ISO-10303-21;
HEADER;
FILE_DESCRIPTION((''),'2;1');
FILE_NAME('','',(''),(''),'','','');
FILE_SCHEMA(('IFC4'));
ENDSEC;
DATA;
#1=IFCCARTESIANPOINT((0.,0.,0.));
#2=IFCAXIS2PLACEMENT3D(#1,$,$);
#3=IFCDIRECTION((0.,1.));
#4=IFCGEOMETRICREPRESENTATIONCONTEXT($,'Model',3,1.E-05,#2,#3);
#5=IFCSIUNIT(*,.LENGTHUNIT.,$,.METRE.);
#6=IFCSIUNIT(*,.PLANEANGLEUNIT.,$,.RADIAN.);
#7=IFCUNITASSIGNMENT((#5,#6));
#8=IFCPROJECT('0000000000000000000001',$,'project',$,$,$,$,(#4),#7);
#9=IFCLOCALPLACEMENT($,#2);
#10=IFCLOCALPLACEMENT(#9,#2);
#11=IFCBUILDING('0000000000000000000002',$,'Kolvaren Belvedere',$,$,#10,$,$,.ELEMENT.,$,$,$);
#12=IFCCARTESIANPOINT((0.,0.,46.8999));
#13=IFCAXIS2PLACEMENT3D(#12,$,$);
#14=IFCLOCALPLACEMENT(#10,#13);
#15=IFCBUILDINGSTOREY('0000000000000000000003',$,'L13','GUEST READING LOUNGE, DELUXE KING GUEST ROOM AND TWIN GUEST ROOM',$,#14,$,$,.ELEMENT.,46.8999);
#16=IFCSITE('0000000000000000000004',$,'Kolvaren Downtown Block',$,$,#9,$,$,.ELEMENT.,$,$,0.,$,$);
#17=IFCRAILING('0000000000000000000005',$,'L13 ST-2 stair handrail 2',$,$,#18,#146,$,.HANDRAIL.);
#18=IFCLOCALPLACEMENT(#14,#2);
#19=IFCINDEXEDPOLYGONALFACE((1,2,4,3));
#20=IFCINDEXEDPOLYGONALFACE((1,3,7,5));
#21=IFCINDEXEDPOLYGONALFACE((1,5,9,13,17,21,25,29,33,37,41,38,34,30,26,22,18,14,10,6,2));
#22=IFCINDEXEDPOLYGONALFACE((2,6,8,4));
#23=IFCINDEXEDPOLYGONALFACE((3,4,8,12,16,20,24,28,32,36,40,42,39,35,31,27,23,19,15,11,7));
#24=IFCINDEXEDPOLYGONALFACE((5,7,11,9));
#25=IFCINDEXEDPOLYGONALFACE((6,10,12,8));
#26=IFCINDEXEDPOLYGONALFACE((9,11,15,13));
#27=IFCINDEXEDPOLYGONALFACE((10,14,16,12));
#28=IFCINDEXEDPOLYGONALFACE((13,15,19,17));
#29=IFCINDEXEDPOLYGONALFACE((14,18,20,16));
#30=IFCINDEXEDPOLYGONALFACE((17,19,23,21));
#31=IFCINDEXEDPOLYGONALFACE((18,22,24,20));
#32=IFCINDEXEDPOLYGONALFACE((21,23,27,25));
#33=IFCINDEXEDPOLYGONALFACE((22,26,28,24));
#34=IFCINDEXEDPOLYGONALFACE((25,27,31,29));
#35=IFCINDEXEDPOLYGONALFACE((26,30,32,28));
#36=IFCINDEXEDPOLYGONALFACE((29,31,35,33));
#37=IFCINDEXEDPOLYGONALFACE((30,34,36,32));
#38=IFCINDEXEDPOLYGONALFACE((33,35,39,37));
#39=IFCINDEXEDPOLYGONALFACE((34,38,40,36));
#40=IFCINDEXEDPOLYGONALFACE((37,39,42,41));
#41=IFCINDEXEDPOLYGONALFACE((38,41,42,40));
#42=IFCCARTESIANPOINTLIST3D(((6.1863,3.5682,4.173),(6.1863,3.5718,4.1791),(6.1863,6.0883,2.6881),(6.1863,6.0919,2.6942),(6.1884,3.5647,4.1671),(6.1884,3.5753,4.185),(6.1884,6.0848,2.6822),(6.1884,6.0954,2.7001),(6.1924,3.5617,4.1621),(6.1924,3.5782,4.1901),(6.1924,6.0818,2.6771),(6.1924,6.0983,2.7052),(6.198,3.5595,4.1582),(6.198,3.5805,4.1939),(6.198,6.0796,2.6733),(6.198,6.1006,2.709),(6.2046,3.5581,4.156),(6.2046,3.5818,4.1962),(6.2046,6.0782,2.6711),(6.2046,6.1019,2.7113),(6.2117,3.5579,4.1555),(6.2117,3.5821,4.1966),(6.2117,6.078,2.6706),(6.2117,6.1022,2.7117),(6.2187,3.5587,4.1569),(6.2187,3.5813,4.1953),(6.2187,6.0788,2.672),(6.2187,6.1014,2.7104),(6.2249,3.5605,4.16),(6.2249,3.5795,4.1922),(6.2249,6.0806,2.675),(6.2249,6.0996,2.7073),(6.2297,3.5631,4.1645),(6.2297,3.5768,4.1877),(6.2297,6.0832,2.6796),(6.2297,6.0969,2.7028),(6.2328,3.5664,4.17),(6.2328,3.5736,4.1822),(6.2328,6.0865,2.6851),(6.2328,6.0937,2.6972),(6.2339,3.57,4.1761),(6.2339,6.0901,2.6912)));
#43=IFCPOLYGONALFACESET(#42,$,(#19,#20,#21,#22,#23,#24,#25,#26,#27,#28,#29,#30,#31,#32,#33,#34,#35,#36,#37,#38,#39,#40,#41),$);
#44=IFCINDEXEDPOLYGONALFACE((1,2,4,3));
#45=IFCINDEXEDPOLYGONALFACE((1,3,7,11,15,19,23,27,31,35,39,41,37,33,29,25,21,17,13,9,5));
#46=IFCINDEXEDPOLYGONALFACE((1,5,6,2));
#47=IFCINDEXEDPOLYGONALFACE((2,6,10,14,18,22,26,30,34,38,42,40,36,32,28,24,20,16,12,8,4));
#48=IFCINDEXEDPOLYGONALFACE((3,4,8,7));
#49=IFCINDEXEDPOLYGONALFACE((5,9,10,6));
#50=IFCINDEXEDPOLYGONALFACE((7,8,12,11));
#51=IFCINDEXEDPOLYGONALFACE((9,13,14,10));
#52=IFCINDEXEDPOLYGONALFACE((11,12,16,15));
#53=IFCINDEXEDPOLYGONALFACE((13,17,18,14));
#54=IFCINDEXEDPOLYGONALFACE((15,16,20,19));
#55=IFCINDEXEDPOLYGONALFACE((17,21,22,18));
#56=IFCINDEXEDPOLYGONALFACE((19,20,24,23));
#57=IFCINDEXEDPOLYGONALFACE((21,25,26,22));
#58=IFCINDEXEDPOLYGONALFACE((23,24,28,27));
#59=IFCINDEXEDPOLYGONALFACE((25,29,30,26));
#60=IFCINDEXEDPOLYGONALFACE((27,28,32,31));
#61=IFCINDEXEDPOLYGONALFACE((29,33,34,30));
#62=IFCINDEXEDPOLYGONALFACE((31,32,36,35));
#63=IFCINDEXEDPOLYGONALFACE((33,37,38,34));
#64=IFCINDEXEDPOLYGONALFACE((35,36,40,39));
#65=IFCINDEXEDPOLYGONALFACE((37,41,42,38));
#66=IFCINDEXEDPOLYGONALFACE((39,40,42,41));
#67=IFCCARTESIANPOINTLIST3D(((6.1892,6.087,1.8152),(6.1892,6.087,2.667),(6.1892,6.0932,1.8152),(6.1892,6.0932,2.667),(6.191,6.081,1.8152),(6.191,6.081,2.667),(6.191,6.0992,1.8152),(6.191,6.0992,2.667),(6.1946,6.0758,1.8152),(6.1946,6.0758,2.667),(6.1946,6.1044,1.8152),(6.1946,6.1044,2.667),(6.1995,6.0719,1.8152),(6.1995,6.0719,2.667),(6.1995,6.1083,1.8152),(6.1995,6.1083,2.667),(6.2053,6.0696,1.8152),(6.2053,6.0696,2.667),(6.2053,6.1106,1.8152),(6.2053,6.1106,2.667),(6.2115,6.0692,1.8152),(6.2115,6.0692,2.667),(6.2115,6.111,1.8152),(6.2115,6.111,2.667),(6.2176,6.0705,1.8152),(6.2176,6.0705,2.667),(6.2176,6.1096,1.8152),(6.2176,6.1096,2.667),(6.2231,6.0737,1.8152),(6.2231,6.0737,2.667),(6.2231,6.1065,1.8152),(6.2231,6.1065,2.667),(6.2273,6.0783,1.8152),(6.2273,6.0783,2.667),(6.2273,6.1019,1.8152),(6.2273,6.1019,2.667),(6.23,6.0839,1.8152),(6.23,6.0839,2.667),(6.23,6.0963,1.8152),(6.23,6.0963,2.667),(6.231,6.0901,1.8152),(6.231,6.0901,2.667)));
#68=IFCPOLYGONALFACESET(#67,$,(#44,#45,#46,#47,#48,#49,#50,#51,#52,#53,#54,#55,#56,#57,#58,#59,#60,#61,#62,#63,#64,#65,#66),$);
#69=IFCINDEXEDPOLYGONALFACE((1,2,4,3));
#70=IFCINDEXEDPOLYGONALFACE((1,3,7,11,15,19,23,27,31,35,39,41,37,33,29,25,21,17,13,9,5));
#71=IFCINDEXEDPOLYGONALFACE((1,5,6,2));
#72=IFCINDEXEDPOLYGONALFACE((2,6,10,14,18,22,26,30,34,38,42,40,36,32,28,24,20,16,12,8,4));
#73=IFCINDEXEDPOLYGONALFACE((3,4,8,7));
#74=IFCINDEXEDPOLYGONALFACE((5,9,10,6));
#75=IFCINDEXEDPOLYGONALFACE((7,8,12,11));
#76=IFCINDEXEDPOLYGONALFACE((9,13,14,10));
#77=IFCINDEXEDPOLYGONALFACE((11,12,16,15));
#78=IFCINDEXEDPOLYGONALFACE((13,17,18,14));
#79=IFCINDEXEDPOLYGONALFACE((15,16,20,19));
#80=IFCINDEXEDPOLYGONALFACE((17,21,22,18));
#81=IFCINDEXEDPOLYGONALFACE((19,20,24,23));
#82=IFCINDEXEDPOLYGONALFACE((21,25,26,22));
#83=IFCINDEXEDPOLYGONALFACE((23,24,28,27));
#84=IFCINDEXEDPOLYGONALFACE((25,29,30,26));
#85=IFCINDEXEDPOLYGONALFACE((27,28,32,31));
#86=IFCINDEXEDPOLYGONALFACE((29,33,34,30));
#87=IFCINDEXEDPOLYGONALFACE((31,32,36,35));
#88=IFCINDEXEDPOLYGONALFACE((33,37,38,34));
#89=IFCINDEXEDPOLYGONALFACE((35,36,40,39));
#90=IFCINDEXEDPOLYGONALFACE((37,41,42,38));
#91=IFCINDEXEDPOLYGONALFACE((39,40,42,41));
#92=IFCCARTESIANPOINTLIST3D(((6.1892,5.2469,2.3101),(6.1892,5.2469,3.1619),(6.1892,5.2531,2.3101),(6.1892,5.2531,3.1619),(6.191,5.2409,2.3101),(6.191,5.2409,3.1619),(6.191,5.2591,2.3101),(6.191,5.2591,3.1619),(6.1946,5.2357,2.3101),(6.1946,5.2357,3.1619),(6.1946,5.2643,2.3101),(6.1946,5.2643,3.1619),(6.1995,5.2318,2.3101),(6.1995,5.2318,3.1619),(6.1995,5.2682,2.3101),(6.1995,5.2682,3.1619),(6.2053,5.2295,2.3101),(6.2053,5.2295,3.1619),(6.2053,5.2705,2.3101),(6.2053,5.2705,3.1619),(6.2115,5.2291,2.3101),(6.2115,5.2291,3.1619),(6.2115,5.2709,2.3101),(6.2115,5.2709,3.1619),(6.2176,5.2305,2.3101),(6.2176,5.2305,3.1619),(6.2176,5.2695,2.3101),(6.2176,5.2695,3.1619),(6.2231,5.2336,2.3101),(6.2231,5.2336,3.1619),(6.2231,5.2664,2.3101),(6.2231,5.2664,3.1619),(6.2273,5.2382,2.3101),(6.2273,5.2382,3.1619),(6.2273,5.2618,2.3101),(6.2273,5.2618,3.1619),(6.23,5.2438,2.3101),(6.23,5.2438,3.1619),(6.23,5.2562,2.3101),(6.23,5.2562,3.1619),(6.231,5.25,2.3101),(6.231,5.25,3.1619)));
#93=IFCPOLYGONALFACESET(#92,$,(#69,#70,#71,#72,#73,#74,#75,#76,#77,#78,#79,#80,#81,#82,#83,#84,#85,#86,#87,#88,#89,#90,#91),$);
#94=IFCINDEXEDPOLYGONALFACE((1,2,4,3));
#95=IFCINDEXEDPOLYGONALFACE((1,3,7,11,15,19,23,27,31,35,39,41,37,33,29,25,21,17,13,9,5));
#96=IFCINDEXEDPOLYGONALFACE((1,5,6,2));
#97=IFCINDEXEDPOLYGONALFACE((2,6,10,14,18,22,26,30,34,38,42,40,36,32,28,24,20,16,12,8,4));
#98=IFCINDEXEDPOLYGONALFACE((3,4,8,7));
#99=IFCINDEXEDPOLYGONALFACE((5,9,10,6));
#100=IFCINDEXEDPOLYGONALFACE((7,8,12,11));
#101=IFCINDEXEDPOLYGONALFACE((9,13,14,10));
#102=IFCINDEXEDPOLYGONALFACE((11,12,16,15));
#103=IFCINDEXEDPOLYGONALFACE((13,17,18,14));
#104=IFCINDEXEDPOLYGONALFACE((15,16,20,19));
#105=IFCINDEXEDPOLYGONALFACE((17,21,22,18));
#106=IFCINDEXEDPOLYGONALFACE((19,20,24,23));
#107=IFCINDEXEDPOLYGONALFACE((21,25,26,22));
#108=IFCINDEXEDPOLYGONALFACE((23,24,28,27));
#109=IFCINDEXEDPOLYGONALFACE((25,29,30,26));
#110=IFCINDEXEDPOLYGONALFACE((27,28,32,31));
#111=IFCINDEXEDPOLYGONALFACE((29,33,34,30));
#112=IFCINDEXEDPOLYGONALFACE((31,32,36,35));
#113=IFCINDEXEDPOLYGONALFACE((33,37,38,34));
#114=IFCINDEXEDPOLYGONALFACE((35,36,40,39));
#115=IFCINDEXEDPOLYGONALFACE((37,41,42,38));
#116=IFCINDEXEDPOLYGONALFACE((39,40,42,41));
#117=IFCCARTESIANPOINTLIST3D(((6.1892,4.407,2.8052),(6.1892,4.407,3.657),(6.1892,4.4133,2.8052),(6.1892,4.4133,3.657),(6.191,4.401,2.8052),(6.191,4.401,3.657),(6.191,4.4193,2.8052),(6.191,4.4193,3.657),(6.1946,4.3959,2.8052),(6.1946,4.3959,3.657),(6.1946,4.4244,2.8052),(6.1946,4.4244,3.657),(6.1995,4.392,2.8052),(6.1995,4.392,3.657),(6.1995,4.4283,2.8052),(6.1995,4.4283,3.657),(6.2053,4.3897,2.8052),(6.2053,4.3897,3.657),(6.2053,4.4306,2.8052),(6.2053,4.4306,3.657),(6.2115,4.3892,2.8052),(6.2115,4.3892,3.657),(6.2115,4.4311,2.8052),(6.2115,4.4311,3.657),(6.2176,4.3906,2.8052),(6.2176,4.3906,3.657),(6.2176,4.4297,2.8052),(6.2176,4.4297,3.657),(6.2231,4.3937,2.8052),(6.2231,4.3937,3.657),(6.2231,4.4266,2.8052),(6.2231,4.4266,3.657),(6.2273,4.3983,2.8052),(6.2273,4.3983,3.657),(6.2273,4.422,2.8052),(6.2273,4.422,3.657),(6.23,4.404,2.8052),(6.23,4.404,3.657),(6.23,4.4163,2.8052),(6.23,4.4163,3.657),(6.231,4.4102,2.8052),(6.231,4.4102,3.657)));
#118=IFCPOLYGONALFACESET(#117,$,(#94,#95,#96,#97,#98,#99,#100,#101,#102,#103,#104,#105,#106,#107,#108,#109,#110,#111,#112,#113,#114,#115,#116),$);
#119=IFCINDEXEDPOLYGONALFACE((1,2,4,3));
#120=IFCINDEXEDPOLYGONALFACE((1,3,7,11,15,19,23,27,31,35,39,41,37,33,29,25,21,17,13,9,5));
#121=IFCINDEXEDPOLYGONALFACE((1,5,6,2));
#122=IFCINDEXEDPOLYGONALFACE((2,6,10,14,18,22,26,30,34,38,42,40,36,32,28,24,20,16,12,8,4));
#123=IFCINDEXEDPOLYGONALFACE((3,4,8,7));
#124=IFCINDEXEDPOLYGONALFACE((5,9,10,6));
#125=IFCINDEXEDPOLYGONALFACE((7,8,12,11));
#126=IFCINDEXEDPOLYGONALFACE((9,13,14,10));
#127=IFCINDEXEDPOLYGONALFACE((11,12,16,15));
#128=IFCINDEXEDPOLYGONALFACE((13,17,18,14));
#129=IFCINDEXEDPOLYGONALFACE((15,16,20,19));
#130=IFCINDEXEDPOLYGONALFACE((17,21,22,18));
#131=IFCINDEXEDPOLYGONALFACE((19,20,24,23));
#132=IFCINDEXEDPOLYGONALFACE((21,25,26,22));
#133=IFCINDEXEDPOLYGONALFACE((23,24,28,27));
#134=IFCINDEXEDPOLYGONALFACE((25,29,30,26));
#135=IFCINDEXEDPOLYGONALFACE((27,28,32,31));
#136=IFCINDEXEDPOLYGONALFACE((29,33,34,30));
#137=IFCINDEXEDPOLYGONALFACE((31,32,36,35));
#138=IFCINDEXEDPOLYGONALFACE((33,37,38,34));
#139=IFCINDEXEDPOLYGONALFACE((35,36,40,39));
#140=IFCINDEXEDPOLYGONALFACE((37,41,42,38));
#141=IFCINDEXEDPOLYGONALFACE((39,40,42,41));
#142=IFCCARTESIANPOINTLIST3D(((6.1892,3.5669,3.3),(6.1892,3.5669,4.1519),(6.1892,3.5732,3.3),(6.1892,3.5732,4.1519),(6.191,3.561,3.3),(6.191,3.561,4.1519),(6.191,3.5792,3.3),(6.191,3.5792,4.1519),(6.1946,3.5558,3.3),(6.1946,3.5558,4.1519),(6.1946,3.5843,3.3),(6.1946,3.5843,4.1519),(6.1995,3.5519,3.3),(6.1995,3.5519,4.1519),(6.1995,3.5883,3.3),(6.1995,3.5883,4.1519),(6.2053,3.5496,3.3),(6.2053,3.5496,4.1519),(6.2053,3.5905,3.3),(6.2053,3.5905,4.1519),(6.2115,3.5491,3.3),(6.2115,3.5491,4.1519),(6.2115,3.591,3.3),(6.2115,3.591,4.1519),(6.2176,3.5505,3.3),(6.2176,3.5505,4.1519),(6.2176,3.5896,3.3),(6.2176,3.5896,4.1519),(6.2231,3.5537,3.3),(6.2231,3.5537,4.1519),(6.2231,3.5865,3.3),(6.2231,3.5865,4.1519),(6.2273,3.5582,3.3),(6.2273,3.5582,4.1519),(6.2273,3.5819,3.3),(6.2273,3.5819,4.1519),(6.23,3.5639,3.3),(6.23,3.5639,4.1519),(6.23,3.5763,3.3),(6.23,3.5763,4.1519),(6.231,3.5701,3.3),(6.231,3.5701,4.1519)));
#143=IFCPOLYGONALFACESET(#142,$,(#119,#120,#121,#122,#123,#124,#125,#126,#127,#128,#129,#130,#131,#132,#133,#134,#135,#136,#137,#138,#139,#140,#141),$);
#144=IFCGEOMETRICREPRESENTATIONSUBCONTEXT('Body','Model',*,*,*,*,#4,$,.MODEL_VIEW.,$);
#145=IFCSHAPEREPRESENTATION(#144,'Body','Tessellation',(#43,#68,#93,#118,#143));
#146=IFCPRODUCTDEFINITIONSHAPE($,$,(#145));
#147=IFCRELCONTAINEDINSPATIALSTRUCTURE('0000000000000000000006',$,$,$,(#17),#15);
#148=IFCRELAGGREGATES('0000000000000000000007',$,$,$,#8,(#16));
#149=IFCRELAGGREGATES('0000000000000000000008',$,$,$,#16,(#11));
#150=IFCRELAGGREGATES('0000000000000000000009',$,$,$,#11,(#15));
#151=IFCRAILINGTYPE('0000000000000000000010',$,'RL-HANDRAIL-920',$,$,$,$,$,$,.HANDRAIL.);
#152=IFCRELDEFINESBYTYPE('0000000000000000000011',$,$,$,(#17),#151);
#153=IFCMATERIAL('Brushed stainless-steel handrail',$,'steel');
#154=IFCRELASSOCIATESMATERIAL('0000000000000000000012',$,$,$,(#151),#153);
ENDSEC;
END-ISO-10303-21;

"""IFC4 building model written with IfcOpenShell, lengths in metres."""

from ifc_helpers import new_model, si_unit, direction, frame, origin, origin_2d, place, context, subcontext, project, spatial, circle, extrude, material, type_object, element, save


model = new_model("IFC4")

# Units and contexts
model_context = context("Model", 3, precision=1e-05, world=origin(), true_north=direction((0.0, 1.0)))
body_context = subcontext(model_context, "Body", "Model", "MODEL_VIEW")
ifc_project = project(units=[si_unit("LENGTHUNIT", "METRE"), si_unit("PLANEANGLEUNIT", "RADIAN")], contexts=[model_context])

# Site, building, storey
site_placement = place(None, origin())
site = spatial("IfcSite", under=ifc_project, at=site_placement, Name="Kolvaren Downtown Block", CompositionType="ELEMENT", RefElevation=0.0)
building_placement = place(site_placement, origin())
building = spatial("IfcBuilding", under=site, at=building_placement, Name="Kolvaren Belvedere", CompositionType="ELEMENT")
storey_placement = place(building_placement, frame((0.0, 0.0, 46.8999)))
storey = spatial("IfcBuildingStorey", under=building, at=storey_placement, Name="L13", Description="GUEST READING LOUNGE, DELUXE KING GUEST ROOM AND TWIN GUEST ROOM", CompositionType="ELEMENT", Elevation=46.8999)

# Railing
ifc_material_1 = material(Name="Brushed stainless-steel handrail", Category="steel")
railing_type_1 = type_object("IfcRailingType", Name="RL-HANDRAIL-920", PredefinedType="HANDRAIL", material=ifc_material_1)
railing_1_placement = place(storey_placement, frame((6.21, 6.0901, 1.8152)))
element("IfcRailing", 1, at=railing_1_placement, inside=storey, type_object=railing_type_1, Name="L13 ST-2 stair handrail 2", PredefinedType="HANDRAIL", context=body_context, shape_type="SweptSolid", body=[
    extrude(circle(Radius=0.0239, at=origin_2d()), frame((0.0, 0.0, 0.876), z_axis=(0.0, -0.861561, 0.507655), x_axis=(1.0, 0.0, 0.0)), (0.0, 0.0, 1.0), 2.925),
    extrude(circle(Radius=0.021, at=origin_2d()), origin(), (0.0, 0.0, 1.0), 0.8518),
    extrude(circle(Radius=0.021, at=origin_2d()), frame((0.0, -0.8401, 0.4949)), (0.0, 0.0, 1.0), 0.8518),
    extrude(circle(Radius=0.021, at=origin_2d()), frame((0.0, -1.6799, 0.99)), (0.0, 0.0, 1.0), 0.8518),
    extrude(circle(Radius=0.021, at=origin_2d()), frame((0.0, -2.52, 1.4849)), (0.0, 0.0, 1.0), 0.8518),
])

save(model, "model.ifc")
